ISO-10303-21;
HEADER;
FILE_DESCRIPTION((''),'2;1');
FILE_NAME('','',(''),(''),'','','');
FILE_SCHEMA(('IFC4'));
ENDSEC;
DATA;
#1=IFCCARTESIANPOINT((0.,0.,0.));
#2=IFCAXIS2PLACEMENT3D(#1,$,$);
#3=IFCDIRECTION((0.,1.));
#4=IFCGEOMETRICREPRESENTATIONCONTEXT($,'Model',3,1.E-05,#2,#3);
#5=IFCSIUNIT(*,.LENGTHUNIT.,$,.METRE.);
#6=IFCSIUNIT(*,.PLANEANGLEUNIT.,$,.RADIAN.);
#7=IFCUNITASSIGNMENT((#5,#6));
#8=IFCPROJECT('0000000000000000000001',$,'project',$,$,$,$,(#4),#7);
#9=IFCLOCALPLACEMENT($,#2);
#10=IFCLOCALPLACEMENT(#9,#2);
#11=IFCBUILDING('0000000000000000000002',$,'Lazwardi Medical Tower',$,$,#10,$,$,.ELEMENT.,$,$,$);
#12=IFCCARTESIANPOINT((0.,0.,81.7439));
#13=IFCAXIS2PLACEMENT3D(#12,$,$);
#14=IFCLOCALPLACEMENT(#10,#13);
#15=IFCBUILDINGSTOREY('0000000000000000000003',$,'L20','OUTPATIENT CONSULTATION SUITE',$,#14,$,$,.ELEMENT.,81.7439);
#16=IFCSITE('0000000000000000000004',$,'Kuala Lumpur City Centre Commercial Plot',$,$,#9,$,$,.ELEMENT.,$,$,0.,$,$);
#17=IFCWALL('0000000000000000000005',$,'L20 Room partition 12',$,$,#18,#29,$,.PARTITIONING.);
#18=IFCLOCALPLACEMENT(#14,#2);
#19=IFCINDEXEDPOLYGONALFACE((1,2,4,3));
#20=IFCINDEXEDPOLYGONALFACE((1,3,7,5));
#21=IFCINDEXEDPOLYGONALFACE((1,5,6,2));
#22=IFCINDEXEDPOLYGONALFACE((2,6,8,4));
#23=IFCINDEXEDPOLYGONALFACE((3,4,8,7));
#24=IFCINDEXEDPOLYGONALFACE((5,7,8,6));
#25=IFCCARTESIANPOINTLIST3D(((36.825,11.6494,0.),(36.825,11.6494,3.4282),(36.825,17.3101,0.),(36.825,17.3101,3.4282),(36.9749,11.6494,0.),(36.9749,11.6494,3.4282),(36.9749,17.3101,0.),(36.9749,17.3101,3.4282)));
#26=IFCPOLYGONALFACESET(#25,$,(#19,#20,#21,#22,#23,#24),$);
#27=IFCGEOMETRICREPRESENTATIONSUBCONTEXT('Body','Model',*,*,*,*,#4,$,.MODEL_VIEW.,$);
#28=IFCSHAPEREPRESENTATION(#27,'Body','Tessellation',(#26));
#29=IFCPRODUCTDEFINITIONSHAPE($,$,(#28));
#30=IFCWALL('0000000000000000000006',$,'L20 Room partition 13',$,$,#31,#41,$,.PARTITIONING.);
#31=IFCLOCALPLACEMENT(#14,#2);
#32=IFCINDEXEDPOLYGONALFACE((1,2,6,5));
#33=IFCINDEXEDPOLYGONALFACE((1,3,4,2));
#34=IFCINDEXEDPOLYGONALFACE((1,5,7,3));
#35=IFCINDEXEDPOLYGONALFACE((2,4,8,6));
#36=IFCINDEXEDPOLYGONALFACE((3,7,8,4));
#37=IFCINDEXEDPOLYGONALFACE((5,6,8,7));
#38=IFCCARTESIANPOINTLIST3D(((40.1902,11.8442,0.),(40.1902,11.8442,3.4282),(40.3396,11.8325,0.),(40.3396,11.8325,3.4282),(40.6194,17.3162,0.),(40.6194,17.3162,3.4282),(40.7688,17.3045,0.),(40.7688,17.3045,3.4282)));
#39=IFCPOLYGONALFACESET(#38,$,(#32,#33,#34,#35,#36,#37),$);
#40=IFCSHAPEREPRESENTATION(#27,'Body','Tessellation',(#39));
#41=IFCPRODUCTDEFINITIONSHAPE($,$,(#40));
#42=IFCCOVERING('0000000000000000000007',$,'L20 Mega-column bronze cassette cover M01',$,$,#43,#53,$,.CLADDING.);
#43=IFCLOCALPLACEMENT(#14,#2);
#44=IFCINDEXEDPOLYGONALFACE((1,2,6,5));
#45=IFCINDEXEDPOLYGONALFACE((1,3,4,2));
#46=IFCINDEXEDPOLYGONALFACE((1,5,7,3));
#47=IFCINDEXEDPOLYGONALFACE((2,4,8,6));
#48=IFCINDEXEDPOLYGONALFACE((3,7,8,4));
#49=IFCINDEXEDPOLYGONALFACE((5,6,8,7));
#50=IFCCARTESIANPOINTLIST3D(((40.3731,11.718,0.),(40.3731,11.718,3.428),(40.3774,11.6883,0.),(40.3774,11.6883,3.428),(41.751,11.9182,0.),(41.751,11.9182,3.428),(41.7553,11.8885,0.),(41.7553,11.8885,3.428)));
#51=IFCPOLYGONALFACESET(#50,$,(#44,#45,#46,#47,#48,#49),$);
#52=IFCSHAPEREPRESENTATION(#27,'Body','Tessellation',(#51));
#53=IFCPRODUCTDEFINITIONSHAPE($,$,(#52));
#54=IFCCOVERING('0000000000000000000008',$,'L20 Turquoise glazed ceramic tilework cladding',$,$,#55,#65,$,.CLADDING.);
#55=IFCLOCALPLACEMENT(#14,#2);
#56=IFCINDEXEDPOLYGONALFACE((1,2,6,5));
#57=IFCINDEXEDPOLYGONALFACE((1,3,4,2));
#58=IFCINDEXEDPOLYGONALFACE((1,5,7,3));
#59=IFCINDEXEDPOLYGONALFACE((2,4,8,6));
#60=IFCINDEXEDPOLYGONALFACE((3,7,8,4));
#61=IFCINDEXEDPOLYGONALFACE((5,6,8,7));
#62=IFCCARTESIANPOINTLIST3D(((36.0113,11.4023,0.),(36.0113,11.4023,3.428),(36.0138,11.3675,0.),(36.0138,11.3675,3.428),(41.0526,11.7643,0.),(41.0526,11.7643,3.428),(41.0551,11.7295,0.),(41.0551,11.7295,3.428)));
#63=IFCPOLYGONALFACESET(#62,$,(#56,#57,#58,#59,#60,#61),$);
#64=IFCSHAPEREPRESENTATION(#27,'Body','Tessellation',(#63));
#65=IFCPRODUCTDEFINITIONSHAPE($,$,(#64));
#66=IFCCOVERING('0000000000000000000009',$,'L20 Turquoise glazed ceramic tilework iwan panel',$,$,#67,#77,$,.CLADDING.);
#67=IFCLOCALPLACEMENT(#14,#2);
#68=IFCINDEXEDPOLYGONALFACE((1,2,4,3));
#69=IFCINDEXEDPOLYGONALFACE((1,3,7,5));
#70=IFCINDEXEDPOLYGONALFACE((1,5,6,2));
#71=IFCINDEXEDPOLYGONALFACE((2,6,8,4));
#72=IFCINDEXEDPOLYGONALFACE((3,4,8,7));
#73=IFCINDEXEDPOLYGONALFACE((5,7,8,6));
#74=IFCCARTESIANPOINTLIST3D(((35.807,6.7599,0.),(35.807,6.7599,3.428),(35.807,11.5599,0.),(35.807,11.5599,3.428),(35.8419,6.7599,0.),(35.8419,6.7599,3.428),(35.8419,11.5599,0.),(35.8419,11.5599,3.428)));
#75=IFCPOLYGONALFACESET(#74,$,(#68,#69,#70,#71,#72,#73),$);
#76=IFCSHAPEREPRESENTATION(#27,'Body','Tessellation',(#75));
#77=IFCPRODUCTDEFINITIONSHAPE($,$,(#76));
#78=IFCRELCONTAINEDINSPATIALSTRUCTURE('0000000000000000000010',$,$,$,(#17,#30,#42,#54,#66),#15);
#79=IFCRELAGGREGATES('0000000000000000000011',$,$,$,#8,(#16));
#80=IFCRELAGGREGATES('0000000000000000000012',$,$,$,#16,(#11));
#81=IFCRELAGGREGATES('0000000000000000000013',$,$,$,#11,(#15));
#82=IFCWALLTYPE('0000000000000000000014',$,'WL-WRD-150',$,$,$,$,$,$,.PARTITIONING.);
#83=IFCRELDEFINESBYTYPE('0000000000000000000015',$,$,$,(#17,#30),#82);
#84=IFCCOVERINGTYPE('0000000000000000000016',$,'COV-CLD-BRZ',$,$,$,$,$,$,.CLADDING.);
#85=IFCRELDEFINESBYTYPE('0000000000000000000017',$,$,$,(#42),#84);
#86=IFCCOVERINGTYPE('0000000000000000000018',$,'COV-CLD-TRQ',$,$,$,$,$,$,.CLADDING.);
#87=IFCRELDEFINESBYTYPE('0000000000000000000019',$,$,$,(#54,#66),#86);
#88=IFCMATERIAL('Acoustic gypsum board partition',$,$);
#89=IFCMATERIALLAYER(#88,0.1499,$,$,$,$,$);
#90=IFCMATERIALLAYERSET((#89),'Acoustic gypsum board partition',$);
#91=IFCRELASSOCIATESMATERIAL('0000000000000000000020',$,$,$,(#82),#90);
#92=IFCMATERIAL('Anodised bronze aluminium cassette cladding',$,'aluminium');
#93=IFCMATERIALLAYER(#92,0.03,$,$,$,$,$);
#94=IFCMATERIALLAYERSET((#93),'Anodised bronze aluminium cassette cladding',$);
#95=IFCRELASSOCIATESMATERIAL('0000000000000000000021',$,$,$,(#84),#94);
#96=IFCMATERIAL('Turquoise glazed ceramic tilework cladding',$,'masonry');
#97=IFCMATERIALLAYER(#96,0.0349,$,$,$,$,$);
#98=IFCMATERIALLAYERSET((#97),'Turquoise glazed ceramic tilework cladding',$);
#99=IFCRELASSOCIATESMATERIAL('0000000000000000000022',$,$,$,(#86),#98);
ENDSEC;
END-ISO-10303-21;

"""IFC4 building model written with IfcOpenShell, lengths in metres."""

from ifc_helpers import new_model, si_unit, direction, frame, frame_2d, origin, origin_2d, place, context, subcontext, project, spatial, rectangle, extrude, material, layer, layer_set, type_object, element, save


model = new_model("IFC4")

# Units and contexts
model_context = context("Model", 3, precision=1e-05, world=origin(), true_north=direction((0.0, 1.0)))
body_context = subcontext(model_context, "Body", "Model", "MODEL_VIEW")
ifc_project = project(units=[si_unit("LENGTHUNIT", "METRE"), si_unit("PLANEANGLEUNIT", "RADIAN")], contexts=[model_context])

# Site, building, storey
site_placement = place(None, origin())
site = spatial("IfcSite", under=ifc_project, at=site_placement, Name="Kuala Lumpur City Centre Commercial Plot", CompositionType="ELEMENT", RefElevation=0.0)
building_placement = place(site_placement, origin())
building = spatial("IfcBuilding", under=site, at=building_placement, Name="Lazwardi Medical Tower", CompositionType="ELEMENT")
storey_placement = place(building_placement, frame((0.0, 0.0, 81.7439)))
storey = spatial("IfcBuildingStorey", under=building, at=storey_placement, Name="L20", Description="OUTPATIENT CONSULTATION SUITE", CompositionType="ELEMENT", Elevation=81.7439)

# Walls
ifc_material_1 = material(Name="Acoustic gypsum board partition")
ifc_layer_1 = layer(ifc_material_1, 0.1499)
ifc_layer_set_1 = layer_set([ifc_layer_1], Name="Acoustic gypsum board partition")
wall_type_1 = type_object("IfcWallType", Name="WL-WRD-150", PredefinedType="PARTITIONING", material=ifc_layer_set_1)
wall_1_placement = place(storey_placement, frame((36.8999, 11.6494, 0.0), z_axis=(0.0, 0.0, 1.0), x_axis=(0.0, 1.0, 0.0)))
element("IfcWall", 1, at=wall_1_placement, inside=storey, type_object=wall_type_1, Name="L20 Room partition 12", PredefinedType="PARTITIONING", context=body_context, shape_type="SweptSolid", body=[
    extrude(rectangle(XDim=5.6606, YDim=0.1499, at=frame_2d((2.8303, 0.0))), origin(), (0.0, 0.0, 1.0), 3.4282),
])
wall_2_placement = place(storey_placement, frame((40.2649, 11.8384, 0.0), z_axis=(0.0, 0.0, 1.0), x_axis=(0.078196, 0.996938, 0.0)))
element("IfcWall", 2, at=wall_2_placement, inside=storey, type_object=wall_type_1, Name="L20 Room partition 13", PredefinedType="PARTITIONING", context=body_context, shape_type="SweptSolid", body=[
    extrude(rectangle(XDim=5.4888, YDim=0.1499, at=frame_2d((2.7444, 0.0))), origin(), (0.0, 0.0, 1.0), 3.4282),
])

# Coverings
ifc_material_2 = material(Name="Anodised bronze aluminium cassette cladding", Category="aluminium")
ifc_layer_2 = layer(ifc_material_2, 0.03)
ifc_layer_set_2 = layer_set([ifc_layer_2], Name="Anodised bronze aluminium cassette cladding")
covering_type_1 = type_object("IfcCoveringType", Name="COV-CLD-BRZ", PredefinedType="CLADDING", material=ifc_layer_set_2)
covering_1_placement = place(storey_placement, frame((41.0642, 11.8032, 0.0), z_axis=(0.0, 0.0, 1.0), x_axis=(0.989609, 0.143785, 0.0)))
element("IfcCovering", 3, at=covering_1_placement, inside=storey, type_object=covering_type_1, Name="L20 Mega-column bronze cassette cover M01", PredefinedType="CLADDING", context=body_context, shape_type="SweptSolid", body=[
    extrude(rectangle(XDim=1.3923, YDim=0.03, at=origin_2d()), origin(), (0.0, 0.0, 1.0), 3.428),
])
ifc_material_3 = material(Name="Turquoise glazed ceramic tilework cladding", Category="masonry")
ifc_layer_3 = layer(ifc_material_3, 0.0349)
ifc_layer_set_3 = layer_set([ifc_layer_3], Name="Turquoise glazed ceramic tilework cladding")
covering_type_2 = type_object("IfcCoveringType", Name="COV-CLD-TRQ", PredefinedType="CLADDING", material=ifc_layer_set_3)
covering_2_placement = place(storey_placement, frame((38.5332, 11.5659, 0.0), z_axis=(0.0, 0.0, 1.0), x_axis=(0.997432, 0.071625, 0.0)))
element("IfcCovering", 4, at=covering_2_placement, inside=storey, type_object=covering_type_2, Name="L20 Turquoise glazed ceramic tilework cladding", PredefinedType="CLADDING", context=body_context, shape_type="SweptSolid", body=[
    extrude(rectangle(XDim=5.0542, YDim=0.0349, at=origin_2d()), origin(), (0.0, 0.0, 1.0), 3.428),
])
covering_3_placement = place(storey_placement, frame((35.8245, 9.1599, 0.0), z_axis=(0.0, 0.0, 1.0), x_axis=(0.0, 1.0, 0.0)))
element("IfcCovering", 5, at=covering_3_placement, inside=storey, type_object=covering_type_2, Name="L20 Turquoise glazed ceramic tilework iwan panel", PredefinedType="CLADDING", context=body_context, shape_type="SweptSolid", body=[
    extrude(rectangle(XDim=4.8, YDim=0.0349, at=origin_2d()), origin(), (0.0, 0.0, 1.0), 3.428),
])

save(model, "model.ifc")
